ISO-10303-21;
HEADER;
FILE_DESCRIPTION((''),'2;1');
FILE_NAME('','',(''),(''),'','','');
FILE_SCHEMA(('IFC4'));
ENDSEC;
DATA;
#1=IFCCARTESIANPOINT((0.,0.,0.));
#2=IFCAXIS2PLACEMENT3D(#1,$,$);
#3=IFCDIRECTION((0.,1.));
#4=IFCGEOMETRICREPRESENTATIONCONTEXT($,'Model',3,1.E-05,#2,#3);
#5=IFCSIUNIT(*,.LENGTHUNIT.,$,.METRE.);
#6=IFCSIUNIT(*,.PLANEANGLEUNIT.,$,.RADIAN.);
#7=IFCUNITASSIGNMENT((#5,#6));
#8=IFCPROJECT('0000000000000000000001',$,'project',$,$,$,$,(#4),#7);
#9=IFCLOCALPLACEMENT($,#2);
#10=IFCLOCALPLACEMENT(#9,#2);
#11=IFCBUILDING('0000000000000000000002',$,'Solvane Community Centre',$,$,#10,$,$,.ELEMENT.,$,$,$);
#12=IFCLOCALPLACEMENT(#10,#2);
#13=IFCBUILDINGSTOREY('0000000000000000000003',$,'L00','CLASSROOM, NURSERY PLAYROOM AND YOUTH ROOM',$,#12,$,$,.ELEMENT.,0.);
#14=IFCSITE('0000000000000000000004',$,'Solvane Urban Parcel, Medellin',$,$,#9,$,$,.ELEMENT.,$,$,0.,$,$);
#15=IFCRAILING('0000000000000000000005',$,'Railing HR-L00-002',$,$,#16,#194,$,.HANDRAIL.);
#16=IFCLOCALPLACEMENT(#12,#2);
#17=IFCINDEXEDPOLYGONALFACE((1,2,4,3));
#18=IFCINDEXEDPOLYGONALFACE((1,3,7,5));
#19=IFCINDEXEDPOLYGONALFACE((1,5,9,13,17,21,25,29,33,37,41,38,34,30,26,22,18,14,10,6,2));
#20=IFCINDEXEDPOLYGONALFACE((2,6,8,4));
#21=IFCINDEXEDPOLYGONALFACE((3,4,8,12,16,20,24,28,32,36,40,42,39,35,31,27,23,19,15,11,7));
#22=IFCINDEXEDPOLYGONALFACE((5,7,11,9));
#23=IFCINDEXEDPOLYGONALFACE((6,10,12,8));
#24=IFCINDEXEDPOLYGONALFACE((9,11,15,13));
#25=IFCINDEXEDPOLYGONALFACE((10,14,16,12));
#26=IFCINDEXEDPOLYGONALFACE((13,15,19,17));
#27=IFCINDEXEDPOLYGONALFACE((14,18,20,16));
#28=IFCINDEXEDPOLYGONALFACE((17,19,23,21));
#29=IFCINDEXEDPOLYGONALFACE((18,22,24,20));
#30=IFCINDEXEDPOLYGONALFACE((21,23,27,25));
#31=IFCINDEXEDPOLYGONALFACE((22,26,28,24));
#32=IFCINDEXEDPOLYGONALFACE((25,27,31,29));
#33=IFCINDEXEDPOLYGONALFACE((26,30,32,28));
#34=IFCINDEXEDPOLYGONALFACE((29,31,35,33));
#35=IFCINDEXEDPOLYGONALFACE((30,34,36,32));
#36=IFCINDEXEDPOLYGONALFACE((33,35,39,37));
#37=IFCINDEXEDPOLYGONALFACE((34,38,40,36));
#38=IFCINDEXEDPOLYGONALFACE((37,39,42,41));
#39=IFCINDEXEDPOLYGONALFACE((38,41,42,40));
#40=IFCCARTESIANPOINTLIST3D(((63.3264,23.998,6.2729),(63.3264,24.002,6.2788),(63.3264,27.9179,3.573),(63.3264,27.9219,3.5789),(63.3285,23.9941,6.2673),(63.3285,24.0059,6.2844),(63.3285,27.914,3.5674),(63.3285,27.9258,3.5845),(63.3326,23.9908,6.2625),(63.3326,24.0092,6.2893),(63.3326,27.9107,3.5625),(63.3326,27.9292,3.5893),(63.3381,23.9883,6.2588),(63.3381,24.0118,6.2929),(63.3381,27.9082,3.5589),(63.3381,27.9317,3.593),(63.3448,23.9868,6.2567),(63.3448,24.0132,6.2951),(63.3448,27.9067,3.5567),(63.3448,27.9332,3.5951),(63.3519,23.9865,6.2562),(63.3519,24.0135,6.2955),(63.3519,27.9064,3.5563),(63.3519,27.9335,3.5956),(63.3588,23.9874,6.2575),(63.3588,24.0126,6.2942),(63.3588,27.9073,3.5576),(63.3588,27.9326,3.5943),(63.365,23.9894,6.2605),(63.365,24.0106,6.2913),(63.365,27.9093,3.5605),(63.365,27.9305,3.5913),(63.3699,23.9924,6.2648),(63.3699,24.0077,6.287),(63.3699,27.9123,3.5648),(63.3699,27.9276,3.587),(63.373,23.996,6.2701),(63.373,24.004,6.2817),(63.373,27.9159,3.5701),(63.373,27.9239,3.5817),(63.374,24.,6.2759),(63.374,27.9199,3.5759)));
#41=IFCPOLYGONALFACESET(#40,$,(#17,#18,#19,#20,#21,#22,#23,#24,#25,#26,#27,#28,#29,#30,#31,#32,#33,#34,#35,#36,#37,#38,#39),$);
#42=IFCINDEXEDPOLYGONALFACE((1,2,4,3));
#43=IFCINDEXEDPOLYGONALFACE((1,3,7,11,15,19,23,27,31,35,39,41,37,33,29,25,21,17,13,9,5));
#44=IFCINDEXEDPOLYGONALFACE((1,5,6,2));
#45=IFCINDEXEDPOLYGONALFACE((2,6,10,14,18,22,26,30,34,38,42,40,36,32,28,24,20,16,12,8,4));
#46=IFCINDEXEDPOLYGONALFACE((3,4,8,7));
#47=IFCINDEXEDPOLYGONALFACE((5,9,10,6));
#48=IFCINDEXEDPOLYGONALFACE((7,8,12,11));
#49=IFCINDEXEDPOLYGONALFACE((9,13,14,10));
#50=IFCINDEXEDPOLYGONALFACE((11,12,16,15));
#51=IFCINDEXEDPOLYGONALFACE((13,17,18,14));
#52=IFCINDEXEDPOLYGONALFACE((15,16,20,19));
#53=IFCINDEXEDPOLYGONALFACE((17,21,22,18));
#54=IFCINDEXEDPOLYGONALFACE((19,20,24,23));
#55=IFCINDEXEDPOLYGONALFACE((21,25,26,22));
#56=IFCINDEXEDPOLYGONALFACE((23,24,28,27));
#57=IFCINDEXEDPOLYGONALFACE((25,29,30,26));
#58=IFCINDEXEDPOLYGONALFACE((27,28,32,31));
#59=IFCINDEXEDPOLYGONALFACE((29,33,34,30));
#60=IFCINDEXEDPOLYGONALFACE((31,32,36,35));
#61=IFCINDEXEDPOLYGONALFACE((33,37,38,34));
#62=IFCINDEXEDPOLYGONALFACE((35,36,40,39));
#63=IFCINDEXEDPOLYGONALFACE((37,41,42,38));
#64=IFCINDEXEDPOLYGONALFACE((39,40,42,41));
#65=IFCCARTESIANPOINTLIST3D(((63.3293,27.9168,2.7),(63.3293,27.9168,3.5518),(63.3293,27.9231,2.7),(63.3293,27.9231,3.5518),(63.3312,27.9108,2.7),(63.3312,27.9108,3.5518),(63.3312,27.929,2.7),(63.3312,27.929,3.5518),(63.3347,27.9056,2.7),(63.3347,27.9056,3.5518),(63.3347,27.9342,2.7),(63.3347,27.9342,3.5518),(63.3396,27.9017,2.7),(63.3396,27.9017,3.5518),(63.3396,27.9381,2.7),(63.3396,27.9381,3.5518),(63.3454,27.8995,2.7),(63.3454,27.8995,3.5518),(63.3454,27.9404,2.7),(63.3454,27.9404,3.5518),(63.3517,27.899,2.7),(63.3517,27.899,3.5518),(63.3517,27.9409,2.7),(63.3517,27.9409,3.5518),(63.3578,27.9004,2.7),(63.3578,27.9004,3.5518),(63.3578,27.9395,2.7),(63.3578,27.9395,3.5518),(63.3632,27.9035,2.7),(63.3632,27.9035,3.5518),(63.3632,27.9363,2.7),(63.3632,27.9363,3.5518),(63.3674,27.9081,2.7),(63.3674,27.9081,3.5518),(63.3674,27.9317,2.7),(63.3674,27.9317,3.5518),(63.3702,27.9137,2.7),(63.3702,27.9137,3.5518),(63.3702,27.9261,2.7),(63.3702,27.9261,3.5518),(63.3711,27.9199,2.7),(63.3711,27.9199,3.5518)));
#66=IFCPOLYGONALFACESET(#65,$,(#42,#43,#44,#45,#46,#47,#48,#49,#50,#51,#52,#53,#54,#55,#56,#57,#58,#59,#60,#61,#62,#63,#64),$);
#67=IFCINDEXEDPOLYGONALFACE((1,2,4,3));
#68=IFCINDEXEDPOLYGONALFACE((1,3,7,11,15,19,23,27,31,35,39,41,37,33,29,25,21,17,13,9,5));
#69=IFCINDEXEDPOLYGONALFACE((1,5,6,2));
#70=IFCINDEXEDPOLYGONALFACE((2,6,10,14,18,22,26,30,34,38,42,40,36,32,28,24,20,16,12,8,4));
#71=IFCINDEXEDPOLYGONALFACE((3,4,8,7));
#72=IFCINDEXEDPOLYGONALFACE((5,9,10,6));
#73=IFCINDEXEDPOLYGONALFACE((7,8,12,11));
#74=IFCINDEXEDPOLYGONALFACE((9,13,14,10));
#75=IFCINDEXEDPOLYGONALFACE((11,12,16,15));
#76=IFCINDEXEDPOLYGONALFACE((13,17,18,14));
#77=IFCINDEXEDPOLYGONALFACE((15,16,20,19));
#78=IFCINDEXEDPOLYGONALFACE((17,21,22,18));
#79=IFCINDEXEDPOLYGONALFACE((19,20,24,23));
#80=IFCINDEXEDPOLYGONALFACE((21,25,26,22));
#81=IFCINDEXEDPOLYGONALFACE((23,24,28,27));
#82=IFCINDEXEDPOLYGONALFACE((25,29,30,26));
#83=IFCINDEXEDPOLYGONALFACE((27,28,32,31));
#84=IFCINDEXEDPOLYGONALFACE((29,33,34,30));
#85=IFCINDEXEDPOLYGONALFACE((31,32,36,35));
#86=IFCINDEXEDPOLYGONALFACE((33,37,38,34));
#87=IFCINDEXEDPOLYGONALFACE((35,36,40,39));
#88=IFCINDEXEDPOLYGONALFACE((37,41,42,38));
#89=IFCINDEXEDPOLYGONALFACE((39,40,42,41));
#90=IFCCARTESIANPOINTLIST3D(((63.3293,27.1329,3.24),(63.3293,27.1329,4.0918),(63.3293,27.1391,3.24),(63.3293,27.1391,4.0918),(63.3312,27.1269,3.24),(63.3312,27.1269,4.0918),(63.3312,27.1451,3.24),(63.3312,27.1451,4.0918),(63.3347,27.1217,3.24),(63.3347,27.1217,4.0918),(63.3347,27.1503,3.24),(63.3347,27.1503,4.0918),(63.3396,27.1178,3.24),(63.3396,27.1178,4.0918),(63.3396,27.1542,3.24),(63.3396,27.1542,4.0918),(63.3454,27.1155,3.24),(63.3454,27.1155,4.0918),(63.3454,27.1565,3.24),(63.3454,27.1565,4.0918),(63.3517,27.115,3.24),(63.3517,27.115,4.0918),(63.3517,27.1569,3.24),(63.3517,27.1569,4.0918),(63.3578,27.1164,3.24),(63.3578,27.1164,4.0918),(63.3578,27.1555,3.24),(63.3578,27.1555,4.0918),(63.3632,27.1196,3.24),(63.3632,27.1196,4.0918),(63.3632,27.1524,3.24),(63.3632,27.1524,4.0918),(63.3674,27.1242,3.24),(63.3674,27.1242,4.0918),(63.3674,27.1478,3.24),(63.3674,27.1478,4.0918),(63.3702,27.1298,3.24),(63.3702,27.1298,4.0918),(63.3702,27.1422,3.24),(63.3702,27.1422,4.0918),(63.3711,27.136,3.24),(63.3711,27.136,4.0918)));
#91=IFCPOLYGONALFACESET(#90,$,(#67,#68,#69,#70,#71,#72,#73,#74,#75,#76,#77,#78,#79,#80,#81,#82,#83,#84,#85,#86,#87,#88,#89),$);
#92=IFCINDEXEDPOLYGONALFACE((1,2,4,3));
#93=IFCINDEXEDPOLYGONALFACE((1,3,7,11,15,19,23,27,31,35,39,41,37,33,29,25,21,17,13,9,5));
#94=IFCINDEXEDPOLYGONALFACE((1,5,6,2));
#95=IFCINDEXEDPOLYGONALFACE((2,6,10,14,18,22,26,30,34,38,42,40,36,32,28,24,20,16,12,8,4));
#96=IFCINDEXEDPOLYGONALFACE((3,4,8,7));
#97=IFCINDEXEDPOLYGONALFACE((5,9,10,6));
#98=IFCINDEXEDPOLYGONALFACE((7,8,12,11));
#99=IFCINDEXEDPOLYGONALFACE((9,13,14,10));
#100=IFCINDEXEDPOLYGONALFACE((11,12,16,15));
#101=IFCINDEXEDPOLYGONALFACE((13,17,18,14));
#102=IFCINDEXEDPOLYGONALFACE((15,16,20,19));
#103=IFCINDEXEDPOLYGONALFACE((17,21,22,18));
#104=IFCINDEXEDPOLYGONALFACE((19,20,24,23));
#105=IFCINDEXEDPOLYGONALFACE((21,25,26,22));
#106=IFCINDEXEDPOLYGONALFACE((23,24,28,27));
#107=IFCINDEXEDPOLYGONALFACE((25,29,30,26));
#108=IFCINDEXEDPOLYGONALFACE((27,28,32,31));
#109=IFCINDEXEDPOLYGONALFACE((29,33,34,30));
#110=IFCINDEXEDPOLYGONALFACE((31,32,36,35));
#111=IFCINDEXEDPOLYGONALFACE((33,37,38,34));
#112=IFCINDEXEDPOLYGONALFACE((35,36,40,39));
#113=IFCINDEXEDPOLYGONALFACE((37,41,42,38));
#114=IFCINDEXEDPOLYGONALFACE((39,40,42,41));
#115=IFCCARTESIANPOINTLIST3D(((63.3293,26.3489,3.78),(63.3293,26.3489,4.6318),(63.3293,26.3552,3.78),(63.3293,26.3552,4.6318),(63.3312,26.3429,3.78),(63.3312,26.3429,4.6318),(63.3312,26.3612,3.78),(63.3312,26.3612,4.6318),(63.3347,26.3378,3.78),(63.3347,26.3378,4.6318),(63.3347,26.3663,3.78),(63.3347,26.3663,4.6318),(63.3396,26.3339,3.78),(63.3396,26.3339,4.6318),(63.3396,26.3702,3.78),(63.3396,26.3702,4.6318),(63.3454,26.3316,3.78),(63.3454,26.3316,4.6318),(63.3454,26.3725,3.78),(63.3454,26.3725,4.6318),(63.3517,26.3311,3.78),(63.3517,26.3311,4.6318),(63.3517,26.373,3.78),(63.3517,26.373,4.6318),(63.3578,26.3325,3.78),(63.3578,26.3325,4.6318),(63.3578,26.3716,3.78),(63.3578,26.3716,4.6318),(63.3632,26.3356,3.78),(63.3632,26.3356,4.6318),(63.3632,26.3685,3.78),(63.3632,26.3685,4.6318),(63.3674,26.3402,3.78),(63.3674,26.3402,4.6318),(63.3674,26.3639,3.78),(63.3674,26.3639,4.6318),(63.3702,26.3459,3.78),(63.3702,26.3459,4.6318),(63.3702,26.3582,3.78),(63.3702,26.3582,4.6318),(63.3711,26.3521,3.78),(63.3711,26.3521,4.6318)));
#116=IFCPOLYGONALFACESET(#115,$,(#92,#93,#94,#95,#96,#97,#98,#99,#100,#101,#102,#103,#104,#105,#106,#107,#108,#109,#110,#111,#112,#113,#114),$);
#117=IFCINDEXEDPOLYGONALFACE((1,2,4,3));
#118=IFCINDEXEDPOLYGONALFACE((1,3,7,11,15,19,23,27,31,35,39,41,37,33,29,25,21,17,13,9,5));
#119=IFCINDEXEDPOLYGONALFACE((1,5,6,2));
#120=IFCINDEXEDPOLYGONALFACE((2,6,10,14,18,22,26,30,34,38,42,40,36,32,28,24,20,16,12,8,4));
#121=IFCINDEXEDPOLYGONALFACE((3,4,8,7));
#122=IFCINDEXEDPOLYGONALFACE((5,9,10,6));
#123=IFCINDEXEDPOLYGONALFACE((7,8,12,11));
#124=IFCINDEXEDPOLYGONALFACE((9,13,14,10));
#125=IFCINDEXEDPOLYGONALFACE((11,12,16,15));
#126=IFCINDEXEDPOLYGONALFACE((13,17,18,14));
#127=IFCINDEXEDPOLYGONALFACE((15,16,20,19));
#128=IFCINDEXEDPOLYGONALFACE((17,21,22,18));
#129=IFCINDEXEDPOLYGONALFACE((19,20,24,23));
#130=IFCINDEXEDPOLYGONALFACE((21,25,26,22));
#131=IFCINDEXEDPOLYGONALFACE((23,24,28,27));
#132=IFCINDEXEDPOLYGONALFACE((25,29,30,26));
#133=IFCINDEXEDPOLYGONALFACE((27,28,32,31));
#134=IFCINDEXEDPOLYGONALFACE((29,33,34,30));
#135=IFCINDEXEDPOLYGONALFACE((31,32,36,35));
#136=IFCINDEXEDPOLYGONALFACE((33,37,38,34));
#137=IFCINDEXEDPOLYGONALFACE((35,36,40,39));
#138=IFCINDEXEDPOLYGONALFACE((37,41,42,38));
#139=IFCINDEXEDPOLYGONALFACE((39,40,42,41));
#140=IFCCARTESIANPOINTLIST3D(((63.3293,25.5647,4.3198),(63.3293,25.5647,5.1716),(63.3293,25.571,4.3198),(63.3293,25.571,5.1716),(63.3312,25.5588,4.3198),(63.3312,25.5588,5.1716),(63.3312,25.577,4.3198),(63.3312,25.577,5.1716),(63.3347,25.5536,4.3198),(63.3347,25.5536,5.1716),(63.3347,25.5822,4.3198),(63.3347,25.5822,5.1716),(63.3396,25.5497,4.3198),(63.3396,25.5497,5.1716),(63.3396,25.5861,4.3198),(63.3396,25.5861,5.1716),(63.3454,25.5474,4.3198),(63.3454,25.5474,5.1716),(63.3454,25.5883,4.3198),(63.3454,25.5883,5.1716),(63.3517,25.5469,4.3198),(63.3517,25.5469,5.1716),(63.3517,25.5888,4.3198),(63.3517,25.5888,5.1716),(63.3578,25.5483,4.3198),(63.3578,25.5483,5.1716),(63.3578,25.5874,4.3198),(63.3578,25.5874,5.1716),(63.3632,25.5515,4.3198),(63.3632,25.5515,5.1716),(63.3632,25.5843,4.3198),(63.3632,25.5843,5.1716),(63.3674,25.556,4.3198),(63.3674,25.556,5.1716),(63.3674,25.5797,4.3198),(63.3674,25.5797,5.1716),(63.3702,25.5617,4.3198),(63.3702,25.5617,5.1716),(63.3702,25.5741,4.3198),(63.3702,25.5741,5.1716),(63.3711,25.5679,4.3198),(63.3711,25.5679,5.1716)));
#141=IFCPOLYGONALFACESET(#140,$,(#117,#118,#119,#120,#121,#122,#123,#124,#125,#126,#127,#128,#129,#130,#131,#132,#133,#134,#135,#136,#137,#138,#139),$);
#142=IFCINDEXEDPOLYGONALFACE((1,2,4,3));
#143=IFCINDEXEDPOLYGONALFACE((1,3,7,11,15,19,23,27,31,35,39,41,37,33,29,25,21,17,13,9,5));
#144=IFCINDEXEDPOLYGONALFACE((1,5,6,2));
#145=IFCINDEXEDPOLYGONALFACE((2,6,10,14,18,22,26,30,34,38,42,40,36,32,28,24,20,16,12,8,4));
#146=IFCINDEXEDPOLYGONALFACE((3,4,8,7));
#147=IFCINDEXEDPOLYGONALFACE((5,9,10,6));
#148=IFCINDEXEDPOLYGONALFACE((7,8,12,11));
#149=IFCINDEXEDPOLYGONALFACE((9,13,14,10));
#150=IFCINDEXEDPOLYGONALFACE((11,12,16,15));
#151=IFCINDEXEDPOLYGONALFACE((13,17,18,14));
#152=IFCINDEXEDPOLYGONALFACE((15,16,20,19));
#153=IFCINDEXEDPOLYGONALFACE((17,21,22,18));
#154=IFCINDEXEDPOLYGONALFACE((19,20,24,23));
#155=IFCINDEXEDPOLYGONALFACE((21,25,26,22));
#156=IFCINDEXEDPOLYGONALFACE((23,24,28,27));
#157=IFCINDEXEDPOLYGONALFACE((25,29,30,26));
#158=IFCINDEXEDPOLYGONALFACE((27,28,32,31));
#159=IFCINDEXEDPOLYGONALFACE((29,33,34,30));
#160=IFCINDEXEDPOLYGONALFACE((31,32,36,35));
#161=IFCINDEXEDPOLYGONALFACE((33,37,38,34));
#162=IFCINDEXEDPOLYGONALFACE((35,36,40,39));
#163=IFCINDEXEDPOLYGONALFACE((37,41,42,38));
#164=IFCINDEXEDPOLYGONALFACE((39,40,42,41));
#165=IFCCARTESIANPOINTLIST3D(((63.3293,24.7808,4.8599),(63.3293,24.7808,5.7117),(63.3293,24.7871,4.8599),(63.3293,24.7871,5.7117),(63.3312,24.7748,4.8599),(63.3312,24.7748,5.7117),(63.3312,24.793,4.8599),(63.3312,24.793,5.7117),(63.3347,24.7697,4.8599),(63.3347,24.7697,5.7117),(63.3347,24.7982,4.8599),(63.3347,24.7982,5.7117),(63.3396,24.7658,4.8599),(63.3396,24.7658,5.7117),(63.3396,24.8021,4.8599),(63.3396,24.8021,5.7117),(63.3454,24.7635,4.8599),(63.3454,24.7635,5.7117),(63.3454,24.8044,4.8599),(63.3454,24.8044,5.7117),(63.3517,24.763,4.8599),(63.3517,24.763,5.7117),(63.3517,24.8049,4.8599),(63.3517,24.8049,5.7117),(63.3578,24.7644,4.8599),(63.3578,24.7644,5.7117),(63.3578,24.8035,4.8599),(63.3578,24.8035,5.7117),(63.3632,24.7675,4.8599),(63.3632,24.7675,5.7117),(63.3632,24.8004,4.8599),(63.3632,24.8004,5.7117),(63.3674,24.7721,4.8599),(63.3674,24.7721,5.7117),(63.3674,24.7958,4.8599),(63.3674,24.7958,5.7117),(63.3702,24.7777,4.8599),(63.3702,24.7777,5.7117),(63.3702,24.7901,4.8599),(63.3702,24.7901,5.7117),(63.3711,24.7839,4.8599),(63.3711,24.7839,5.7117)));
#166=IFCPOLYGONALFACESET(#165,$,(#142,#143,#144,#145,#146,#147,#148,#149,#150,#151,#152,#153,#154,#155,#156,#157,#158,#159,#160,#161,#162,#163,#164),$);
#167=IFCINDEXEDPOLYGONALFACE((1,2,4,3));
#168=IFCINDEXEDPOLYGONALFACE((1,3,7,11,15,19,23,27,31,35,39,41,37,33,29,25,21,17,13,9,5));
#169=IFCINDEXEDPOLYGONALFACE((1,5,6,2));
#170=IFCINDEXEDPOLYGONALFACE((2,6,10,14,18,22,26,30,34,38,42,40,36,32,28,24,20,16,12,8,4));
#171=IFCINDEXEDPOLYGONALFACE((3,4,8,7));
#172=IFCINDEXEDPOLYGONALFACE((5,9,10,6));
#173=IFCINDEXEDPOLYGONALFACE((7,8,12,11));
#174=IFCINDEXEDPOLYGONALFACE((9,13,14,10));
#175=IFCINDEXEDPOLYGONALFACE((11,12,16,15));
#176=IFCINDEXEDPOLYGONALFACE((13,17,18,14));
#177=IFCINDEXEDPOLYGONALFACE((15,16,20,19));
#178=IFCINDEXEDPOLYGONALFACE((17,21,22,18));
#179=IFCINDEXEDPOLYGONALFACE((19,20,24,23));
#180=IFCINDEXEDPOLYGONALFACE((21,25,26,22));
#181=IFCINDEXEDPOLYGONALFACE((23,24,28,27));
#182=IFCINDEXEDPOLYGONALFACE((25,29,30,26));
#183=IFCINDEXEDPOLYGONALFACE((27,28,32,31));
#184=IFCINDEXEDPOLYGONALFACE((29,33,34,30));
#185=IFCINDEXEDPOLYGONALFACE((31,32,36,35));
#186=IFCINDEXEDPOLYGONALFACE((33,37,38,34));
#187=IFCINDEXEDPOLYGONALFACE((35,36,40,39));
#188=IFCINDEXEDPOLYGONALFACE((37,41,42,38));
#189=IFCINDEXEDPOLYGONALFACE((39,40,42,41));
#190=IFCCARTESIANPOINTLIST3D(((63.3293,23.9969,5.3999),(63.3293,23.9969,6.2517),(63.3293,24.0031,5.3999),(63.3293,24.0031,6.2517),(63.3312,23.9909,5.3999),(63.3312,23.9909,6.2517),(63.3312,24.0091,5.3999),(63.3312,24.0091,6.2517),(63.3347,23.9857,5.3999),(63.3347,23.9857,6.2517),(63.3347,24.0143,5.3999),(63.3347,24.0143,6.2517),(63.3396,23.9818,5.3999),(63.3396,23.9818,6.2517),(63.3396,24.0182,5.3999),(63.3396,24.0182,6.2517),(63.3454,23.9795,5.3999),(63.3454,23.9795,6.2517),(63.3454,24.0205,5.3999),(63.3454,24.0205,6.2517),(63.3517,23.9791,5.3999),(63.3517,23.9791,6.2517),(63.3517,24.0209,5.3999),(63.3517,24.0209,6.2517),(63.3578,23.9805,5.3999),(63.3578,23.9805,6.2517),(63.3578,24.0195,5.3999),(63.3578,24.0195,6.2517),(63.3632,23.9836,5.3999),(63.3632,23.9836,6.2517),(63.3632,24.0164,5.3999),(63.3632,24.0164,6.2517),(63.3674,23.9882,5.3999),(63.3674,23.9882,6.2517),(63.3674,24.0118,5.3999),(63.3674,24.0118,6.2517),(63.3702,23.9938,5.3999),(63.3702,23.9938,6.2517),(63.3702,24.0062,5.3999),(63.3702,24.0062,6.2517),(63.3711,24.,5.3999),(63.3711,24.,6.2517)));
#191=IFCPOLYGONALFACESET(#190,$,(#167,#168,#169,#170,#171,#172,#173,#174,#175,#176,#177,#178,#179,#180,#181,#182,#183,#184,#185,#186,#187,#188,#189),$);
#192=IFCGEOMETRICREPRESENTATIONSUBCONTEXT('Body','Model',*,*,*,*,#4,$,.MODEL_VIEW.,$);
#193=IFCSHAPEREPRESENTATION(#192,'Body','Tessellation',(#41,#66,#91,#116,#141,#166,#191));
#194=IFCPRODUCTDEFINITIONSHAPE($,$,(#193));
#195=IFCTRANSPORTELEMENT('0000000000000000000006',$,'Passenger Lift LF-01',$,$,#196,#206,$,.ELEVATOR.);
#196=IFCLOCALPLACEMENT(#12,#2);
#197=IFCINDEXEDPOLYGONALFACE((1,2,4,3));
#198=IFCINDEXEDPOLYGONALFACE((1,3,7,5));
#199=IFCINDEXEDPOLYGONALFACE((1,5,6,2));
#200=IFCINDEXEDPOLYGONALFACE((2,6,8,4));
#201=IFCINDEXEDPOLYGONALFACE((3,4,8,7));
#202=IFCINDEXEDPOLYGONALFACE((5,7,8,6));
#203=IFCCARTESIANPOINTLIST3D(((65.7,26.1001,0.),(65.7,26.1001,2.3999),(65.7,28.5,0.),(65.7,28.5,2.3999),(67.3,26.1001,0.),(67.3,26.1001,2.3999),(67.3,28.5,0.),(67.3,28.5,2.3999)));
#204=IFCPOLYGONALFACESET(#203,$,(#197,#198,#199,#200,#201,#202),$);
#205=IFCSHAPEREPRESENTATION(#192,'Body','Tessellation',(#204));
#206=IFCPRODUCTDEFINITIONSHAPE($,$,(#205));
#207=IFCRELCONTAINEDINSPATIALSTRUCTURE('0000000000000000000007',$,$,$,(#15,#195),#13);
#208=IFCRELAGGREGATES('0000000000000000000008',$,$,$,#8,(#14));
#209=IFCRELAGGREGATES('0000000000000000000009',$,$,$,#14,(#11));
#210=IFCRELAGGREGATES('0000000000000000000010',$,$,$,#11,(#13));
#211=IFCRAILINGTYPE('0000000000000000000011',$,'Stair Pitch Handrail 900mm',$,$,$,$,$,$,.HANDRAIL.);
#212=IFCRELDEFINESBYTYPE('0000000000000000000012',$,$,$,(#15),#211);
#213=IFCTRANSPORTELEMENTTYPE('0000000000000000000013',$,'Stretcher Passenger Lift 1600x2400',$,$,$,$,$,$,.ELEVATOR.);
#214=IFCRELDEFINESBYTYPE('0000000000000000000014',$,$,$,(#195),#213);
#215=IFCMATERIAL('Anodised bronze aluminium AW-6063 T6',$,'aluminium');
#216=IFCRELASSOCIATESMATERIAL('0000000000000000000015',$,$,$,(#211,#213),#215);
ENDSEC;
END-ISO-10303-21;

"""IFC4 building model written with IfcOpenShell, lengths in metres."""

from ifc_helpers import new_model, si_unit, direction, frame, origin, origin_2d, place, context, subcontext, project, spatial, rectangle, circle, extrude, material, type_object, element, save


model = new_model("IFC4")

# Units and contexts
model_context = context("Model", 3, precision=1e-05, world=origin(), true_north=direction((0.0, 1.0)))
body_context = subcontext(model_context, "Body", "Model", "MODEL_VIEW")
ifc_project = project(units=[si_unit("LENGTHUNIT", "METRE"), si_unit("PLANEANGLEUNIT", "RADIAN")], contexts=[model_context])

# Site, building, storey
site_placement = place(None, origin())
site = spatial("IfcSite", under=ifc_project, at=site_placement, Name="Solvane Urban Parcel, Medellin", CompositionType="ELEMENT", RefElevation=0.0)
building_placement = place(site_placement, origin())
building = spatial("IfcBuilding", under=site, at=building_placement, Name="Solvane Community Centre", CompositionType="ELEMENT")
storey_placement = place(building_placement, origin())
storey = spatial("IfcBuildingStorey", under=building, at=storey_placement, Name="L00", Description="CLASSROOM, NURSERY PLAYROOM AND YOUTH ROOM", CompositionType="ELEMENT", Elevation=0.0)

# Shared definitions
ifc_material_1 = material(Name="Anodised bronze aluminium AW-6063 T6", Category="aluminium")

# Railing
railing_type_1 = type_object("IfcRailingType", Name="Stair Pitch Handrail 900mm", PredefinedType="HANDRAIL", material=ifc_material_1)
railing_1_placement = place(storey_placement, frame((63.3501, 27.9199, 2.7)))
element("IfcRailing", 1, at=railing_1_placement, inside=storey, type_object=railing_type_1, Name="Railing HR-L00-002", PredefinedType="HANDRAIL", context=body_context, shape_type="SweptSolid", body=[
    extrude(circle(Radius=0.0239, at=origin_2d()), frame((0.0, 0.0, 0.876), z_axis=(0.0, -0.823551, 0.567243), x_axis=(1.0, 0.0, 0.0)), (0.0, 0.0, 1.0), 4.7598),
    extrude(circle(Radius=0.021, at=origin_2d()), origin(), (0.0, 0.0, 1.0), 0.8518),
    extrude(circle(Radius=0.021, at=origin_2d()), frame((0.0, -0.7839, 0.54)), (0.0, 0.0, 1.0), 0.8518),
    extrude(circle(Radius=0.021, at=origin_2d()), frame((0.0, -1.5679, 1.0801)), (0.0, 0.0, 1.0), 0.8518),
    extrude(circle(Radius=0.021, at=origin_2d()), frame((0.0, -2.3521, 1.6199)), (0.0, 0.0, 1.0), 0.8518),
    extrude(circle(Radius=0.021, at=origin_2d()), frame((0.0, -3.136, 2.1599)), (0.0, 0.0, 1.0), 0.8518),
    extrude(circle(Radius=0.021, at=origin_2d()), frame((0.0, -3.9199, 2.7)), (0.0, 0.0, 1.0), 0.8518),
])

# Transport element
transport_element_type = type_object("IfcTransportElementType", Name="Stretcher Passenger Lift 1600x2400", PredefinedType="ELEVATOR", material=ifc_material_1)
transport_element_placement = place(storey_placement, frame((66.5, 27.3, 0.0), z_axis=(0.0, 0.0, 1.0), x_axis=(1.0, 0.0, 0.0)))
element("IfcTransportElement", 2, at=transport_element_placement, inside=storey, type_object=transport_element_type, Name="Passenger Lift LF-01", PredefinedType="ELEVATOR", context=body_context, shape_type="SweptSolid", body=[
    extrude(rectangle(XDim=1.6001, YDim=2.3999, at=origin_2d()), origin(), (0.0, 0.0, 1.0), 2.3999),
])

save(model, "model.ifc")
